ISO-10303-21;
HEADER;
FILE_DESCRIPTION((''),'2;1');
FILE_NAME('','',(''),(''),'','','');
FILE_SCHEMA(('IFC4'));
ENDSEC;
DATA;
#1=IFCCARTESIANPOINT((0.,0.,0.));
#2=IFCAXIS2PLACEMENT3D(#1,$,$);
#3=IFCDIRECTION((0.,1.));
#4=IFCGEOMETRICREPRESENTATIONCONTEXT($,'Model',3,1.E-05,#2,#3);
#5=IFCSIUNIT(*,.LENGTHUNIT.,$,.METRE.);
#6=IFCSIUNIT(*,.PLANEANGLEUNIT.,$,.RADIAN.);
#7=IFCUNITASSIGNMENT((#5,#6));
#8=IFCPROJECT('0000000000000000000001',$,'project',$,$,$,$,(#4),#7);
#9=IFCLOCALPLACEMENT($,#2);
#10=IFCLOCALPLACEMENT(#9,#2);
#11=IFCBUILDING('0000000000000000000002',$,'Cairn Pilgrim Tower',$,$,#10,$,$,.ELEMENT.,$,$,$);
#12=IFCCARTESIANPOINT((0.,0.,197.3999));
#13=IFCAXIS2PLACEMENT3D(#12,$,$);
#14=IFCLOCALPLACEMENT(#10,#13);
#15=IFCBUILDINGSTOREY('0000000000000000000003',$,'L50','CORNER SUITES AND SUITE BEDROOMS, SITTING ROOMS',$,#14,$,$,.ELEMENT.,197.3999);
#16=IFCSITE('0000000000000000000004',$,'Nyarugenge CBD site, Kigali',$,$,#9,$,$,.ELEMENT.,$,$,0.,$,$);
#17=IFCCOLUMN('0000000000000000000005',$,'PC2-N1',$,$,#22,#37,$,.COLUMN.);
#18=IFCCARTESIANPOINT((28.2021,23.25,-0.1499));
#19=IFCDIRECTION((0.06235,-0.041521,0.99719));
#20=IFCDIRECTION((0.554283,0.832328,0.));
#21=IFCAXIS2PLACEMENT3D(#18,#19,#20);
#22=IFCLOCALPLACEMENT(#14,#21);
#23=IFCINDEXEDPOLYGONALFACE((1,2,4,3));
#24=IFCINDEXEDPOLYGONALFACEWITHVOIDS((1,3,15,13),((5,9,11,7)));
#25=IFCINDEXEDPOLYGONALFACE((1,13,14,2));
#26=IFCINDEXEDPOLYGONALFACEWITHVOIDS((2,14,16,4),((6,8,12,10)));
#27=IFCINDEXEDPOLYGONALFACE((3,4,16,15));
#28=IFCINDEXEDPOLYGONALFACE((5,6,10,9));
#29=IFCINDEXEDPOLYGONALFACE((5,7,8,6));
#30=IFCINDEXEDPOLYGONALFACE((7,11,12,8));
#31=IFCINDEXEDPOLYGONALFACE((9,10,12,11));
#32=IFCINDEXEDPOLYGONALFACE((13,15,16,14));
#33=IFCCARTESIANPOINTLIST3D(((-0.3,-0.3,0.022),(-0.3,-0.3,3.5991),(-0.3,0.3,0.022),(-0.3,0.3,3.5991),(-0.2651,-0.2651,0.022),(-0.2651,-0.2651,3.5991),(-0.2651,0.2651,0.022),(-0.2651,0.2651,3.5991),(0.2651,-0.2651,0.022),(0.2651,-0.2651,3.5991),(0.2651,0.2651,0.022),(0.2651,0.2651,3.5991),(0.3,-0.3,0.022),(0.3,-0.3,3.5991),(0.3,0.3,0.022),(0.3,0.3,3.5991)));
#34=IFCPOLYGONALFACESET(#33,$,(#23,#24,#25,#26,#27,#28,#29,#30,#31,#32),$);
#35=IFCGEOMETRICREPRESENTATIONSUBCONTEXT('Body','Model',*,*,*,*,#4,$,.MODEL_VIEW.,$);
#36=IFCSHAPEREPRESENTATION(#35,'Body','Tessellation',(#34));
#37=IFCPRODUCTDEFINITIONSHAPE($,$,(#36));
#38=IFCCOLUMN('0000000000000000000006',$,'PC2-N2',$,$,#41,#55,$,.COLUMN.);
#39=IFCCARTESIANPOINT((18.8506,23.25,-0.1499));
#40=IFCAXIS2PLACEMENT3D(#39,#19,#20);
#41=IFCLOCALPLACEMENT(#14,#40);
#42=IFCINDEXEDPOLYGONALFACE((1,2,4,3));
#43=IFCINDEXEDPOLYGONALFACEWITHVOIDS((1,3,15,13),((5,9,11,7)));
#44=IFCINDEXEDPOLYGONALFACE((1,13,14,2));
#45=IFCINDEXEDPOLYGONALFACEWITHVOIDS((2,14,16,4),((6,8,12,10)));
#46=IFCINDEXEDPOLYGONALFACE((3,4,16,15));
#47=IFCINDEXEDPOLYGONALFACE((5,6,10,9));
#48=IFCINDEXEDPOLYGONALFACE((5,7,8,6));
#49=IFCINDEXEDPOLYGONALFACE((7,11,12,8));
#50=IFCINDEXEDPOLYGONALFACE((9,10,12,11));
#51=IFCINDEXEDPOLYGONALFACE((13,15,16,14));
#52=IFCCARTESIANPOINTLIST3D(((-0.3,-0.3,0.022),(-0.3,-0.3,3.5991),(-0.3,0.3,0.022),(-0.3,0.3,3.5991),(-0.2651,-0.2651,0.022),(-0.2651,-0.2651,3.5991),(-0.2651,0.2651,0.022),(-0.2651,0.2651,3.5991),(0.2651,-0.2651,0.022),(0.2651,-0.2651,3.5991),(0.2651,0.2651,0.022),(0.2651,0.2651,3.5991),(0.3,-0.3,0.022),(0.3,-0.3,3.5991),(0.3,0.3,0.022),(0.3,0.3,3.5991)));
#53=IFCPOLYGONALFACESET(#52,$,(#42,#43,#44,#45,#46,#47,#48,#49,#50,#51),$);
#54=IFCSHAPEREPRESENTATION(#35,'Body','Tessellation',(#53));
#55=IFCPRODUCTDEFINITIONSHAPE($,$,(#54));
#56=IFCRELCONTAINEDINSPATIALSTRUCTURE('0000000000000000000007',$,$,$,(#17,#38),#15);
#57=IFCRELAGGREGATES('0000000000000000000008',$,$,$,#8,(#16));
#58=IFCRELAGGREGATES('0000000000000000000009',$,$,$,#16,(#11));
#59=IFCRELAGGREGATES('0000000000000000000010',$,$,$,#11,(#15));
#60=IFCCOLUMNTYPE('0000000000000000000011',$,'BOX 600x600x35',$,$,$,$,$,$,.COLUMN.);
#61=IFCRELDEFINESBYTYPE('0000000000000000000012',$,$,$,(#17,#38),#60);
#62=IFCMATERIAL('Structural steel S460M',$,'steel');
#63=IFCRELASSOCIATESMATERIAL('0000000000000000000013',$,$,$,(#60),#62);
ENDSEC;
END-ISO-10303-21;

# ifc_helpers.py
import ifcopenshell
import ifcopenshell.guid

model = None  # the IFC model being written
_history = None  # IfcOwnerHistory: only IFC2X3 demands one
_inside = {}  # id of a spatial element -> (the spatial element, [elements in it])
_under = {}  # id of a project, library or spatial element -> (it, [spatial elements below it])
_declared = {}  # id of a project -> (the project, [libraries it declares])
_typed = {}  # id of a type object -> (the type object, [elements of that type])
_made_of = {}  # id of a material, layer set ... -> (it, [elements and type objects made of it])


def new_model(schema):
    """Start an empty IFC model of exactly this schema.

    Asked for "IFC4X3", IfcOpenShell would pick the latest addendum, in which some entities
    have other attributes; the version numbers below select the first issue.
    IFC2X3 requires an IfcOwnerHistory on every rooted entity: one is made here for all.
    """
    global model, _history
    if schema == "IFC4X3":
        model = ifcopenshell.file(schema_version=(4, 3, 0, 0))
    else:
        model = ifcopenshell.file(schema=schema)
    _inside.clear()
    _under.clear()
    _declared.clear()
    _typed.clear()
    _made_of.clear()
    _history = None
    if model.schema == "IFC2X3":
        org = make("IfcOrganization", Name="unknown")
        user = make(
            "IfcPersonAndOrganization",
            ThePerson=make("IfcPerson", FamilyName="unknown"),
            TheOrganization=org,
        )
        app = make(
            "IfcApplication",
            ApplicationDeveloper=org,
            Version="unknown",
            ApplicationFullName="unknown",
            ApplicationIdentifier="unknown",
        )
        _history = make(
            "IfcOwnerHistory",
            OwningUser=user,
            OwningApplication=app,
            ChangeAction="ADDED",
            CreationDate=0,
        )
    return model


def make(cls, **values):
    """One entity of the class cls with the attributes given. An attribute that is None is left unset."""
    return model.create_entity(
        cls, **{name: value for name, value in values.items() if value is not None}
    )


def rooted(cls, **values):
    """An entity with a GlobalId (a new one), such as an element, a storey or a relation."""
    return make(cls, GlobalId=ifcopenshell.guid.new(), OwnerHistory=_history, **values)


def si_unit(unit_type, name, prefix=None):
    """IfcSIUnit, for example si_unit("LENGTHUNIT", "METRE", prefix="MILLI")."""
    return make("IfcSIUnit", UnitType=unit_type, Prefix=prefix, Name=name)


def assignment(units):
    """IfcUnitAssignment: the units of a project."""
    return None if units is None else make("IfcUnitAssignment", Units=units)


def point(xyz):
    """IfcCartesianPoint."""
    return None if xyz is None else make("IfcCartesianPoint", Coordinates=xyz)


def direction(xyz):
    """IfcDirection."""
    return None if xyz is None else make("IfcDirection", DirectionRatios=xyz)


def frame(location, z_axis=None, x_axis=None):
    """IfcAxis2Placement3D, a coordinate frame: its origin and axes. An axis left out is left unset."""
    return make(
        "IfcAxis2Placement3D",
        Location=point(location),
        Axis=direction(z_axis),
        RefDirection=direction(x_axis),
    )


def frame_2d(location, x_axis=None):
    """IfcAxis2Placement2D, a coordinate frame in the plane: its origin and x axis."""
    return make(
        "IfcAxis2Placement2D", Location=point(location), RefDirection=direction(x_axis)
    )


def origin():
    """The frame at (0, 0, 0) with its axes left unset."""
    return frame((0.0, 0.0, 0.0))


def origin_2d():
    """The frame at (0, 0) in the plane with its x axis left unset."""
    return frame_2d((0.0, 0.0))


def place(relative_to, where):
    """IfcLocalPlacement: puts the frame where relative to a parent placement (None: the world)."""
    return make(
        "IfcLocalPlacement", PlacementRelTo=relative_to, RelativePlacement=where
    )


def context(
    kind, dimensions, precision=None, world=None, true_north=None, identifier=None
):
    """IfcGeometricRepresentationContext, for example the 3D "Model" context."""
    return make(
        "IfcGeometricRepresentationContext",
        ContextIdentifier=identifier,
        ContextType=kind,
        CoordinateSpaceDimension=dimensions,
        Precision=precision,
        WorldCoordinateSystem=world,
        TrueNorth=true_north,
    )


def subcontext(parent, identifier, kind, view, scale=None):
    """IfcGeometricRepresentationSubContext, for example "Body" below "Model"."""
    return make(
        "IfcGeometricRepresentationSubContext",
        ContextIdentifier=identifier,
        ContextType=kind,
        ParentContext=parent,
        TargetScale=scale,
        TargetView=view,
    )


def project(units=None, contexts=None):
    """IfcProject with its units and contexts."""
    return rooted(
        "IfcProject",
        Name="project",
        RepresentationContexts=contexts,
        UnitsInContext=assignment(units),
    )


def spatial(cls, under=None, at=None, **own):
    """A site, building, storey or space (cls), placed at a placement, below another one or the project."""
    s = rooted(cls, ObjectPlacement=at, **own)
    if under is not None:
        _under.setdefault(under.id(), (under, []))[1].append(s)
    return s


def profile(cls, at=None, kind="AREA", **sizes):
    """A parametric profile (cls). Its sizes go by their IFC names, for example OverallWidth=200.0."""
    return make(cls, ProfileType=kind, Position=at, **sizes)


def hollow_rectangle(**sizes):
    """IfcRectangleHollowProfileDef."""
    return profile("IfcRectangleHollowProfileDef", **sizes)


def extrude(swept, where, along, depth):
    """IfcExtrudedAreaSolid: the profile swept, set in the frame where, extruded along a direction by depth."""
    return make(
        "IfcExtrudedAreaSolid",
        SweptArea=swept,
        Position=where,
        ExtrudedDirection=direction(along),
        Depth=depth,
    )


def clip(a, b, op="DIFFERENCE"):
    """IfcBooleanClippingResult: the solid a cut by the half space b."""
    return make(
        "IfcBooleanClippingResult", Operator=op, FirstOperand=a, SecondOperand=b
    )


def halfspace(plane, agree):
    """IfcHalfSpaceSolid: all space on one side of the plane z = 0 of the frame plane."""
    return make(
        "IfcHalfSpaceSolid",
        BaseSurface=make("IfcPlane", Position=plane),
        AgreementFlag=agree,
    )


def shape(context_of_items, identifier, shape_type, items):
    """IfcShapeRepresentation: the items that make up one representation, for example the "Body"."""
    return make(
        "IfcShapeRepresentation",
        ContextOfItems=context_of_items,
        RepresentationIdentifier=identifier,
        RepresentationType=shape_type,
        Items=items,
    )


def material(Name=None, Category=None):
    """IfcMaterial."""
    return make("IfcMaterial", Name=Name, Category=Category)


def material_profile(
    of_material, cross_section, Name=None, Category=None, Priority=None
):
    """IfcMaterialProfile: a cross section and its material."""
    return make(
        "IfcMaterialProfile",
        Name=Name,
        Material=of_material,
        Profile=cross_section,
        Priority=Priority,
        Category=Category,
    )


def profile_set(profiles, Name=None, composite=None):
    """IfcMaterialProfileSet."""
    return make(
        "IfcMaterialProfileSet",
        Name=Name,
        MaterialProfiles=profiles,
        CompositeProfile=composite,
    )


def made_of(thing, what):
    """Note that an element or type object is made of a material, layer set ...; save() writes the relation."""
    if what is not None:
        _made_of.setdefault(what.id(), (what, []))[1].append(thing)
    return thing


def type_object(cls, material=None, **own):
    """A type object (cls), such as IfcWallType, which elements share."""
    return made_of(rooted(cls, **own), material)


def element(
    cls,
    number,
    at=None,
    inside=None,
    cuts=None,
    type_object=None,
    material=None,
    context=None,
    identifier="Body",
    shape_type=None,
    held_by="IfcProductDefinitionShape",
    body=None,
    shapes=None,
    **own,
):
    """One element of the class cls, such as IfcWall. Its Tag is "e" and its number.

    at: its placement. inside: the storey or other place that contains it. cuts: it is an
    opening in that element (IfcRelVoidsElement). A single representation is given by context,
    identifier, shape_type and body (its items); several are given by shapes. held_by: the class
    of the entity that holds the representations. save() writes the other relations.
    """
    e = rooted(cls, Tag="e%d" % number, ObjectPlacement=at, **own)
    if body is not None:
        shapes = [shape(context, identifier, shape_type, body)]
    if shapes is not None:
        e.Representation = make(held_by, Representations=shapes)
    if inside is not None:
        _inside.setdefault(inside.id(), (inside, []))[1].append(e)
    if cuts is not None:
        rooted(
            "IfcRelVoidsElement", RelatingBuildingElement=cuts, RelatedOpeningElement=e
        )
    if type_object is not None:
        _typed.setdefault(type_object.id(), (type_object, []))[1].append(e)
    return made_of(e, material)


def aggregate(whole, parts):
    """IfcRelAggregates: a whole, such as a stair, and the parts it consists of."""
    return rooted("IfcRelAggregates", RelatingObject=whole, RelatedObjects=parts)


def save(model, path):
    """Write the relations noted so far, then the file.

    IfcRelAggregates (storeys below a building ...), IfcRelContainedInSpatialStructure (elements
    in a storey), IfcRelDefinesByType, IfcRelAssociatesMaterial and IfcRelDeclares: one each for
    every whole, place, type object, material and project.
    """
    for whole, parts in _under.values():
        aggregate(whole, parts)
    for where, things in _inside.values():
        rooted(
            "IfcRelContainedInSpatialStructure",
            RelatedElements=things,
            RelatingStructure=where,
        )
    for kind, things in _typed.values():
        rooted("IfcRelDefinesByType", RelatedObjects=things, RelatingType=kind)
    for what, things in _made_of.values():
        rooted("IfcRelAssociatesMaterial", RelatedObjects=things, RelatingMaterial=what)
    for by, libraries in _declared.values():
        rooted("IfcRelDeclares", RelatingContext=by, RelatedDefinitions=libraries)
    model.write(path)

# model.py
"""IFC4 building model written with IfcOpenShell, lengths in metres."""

from ifc_helpers import new_model, si_unit, direction, frame, origin, origin_2d, place, context, subcontext, project, spatial, hollow_rectangle, extrude, clip, halfspace, material, material_profile, profile_set, type_object, element, save


model = new_model("IFC4")

# Units and contexts
model_context = context("Model", 3, precision=1e-05, world=origin(), true_north=direction((0.0, 1.0)))
body_context = subcontext(model_context, "Body", "Model", "MODEL_VIEW")
ifc_project = project(units=[si_unit("LENGTHUNIT", "METRE"), si_unit("PLANEANGLEUNIT", "RADIAN")], contexts=[model_context])

# Site, building, storey
site_placement = place(None, origin())
site = spatial("IfcSite", under=ifc_project, at=site_placement, Name="Nyarugenge CBD site, Kigali", CompositionType="ELEMENT", RefElevation=0.0)
building_placement = place(site_placement, origin())
building = spatial("IfcBuilding", under=site, at=building_placement, Name="Cairn Pilgrim Tower", CompositionType="ELEMENT")
storey_placement = place(building_placement, frame((0.0, 0.0, 197.3999)))
storey = spatial("IfcBuildingStorey", under=building, at=storey_placement, Name="L50", Description="CORNER SUITES AND SUITE BEDROOMS, SITTING ROOMS", CompositionType="ELEMENT", Elevation=197.3999)

# Columns
ifc_material_1 = material(Name="Structural steel S460M", Category="steel")
ifc_material_profile_1 = material_profile(ifc_material_1, hollow_rectangle(XDim=0.6001, YDim=0.6001, WallThickness=0.0349, at=origin_2d()), Name="BOX 600x600x35")
ifc_profile_set_1 = profile_set([ifc_material_profile_1], Name="Structural steel S460M")
column_type_1 = type_object("IfcColumnType", Name="BOX 600x600x35", PredefinedType="COLUMN", material=ifc_profile_set_1)
for number, where, z_axis, x_axis, name in (
    (1, (28.2021, 23.25, -0.1499), (0.06235, -0.041521, 0.99719), (0.554283, 0.832328, 0.0), "PC2-N1"),
    (2, (18.8506, 23.25, -0.1499), (0.06235, -0.041521, 0.99719), (0.554283, 0.832328, 0.0), "PC2-N2"),
):
    element("IfcColumn", number, at=place(storey_placement, frame(where, z_axis=z_axis, x_axis=x_axis)), inside=storey, type_object=column_type_1, Name=name, PredefinedType="COLUMN", context=body_context, shape_type="Clipping", body=[
        clip(clip(extrude(hollow_rectangle(XDim=0.6001, YDim=0.6001, WallThickness=0.0349, at=origin_2d()), origin(), (0.0, 0.0, 1.0), 3.6104), halfspace(frame((0.0, 0.0, 0.022), z_axis=(0.0, 0.0, 1.0), x_axis=(1.0, 0.0, 0.0)), True)), halfspace(frame((0.0, 0.0, 3.5991), z_axis=(0.0, 0.0, 1.0), x_axis=(1.0, 0.0, 0.0)), False)),
    ])

save(model, "model.ifc")
